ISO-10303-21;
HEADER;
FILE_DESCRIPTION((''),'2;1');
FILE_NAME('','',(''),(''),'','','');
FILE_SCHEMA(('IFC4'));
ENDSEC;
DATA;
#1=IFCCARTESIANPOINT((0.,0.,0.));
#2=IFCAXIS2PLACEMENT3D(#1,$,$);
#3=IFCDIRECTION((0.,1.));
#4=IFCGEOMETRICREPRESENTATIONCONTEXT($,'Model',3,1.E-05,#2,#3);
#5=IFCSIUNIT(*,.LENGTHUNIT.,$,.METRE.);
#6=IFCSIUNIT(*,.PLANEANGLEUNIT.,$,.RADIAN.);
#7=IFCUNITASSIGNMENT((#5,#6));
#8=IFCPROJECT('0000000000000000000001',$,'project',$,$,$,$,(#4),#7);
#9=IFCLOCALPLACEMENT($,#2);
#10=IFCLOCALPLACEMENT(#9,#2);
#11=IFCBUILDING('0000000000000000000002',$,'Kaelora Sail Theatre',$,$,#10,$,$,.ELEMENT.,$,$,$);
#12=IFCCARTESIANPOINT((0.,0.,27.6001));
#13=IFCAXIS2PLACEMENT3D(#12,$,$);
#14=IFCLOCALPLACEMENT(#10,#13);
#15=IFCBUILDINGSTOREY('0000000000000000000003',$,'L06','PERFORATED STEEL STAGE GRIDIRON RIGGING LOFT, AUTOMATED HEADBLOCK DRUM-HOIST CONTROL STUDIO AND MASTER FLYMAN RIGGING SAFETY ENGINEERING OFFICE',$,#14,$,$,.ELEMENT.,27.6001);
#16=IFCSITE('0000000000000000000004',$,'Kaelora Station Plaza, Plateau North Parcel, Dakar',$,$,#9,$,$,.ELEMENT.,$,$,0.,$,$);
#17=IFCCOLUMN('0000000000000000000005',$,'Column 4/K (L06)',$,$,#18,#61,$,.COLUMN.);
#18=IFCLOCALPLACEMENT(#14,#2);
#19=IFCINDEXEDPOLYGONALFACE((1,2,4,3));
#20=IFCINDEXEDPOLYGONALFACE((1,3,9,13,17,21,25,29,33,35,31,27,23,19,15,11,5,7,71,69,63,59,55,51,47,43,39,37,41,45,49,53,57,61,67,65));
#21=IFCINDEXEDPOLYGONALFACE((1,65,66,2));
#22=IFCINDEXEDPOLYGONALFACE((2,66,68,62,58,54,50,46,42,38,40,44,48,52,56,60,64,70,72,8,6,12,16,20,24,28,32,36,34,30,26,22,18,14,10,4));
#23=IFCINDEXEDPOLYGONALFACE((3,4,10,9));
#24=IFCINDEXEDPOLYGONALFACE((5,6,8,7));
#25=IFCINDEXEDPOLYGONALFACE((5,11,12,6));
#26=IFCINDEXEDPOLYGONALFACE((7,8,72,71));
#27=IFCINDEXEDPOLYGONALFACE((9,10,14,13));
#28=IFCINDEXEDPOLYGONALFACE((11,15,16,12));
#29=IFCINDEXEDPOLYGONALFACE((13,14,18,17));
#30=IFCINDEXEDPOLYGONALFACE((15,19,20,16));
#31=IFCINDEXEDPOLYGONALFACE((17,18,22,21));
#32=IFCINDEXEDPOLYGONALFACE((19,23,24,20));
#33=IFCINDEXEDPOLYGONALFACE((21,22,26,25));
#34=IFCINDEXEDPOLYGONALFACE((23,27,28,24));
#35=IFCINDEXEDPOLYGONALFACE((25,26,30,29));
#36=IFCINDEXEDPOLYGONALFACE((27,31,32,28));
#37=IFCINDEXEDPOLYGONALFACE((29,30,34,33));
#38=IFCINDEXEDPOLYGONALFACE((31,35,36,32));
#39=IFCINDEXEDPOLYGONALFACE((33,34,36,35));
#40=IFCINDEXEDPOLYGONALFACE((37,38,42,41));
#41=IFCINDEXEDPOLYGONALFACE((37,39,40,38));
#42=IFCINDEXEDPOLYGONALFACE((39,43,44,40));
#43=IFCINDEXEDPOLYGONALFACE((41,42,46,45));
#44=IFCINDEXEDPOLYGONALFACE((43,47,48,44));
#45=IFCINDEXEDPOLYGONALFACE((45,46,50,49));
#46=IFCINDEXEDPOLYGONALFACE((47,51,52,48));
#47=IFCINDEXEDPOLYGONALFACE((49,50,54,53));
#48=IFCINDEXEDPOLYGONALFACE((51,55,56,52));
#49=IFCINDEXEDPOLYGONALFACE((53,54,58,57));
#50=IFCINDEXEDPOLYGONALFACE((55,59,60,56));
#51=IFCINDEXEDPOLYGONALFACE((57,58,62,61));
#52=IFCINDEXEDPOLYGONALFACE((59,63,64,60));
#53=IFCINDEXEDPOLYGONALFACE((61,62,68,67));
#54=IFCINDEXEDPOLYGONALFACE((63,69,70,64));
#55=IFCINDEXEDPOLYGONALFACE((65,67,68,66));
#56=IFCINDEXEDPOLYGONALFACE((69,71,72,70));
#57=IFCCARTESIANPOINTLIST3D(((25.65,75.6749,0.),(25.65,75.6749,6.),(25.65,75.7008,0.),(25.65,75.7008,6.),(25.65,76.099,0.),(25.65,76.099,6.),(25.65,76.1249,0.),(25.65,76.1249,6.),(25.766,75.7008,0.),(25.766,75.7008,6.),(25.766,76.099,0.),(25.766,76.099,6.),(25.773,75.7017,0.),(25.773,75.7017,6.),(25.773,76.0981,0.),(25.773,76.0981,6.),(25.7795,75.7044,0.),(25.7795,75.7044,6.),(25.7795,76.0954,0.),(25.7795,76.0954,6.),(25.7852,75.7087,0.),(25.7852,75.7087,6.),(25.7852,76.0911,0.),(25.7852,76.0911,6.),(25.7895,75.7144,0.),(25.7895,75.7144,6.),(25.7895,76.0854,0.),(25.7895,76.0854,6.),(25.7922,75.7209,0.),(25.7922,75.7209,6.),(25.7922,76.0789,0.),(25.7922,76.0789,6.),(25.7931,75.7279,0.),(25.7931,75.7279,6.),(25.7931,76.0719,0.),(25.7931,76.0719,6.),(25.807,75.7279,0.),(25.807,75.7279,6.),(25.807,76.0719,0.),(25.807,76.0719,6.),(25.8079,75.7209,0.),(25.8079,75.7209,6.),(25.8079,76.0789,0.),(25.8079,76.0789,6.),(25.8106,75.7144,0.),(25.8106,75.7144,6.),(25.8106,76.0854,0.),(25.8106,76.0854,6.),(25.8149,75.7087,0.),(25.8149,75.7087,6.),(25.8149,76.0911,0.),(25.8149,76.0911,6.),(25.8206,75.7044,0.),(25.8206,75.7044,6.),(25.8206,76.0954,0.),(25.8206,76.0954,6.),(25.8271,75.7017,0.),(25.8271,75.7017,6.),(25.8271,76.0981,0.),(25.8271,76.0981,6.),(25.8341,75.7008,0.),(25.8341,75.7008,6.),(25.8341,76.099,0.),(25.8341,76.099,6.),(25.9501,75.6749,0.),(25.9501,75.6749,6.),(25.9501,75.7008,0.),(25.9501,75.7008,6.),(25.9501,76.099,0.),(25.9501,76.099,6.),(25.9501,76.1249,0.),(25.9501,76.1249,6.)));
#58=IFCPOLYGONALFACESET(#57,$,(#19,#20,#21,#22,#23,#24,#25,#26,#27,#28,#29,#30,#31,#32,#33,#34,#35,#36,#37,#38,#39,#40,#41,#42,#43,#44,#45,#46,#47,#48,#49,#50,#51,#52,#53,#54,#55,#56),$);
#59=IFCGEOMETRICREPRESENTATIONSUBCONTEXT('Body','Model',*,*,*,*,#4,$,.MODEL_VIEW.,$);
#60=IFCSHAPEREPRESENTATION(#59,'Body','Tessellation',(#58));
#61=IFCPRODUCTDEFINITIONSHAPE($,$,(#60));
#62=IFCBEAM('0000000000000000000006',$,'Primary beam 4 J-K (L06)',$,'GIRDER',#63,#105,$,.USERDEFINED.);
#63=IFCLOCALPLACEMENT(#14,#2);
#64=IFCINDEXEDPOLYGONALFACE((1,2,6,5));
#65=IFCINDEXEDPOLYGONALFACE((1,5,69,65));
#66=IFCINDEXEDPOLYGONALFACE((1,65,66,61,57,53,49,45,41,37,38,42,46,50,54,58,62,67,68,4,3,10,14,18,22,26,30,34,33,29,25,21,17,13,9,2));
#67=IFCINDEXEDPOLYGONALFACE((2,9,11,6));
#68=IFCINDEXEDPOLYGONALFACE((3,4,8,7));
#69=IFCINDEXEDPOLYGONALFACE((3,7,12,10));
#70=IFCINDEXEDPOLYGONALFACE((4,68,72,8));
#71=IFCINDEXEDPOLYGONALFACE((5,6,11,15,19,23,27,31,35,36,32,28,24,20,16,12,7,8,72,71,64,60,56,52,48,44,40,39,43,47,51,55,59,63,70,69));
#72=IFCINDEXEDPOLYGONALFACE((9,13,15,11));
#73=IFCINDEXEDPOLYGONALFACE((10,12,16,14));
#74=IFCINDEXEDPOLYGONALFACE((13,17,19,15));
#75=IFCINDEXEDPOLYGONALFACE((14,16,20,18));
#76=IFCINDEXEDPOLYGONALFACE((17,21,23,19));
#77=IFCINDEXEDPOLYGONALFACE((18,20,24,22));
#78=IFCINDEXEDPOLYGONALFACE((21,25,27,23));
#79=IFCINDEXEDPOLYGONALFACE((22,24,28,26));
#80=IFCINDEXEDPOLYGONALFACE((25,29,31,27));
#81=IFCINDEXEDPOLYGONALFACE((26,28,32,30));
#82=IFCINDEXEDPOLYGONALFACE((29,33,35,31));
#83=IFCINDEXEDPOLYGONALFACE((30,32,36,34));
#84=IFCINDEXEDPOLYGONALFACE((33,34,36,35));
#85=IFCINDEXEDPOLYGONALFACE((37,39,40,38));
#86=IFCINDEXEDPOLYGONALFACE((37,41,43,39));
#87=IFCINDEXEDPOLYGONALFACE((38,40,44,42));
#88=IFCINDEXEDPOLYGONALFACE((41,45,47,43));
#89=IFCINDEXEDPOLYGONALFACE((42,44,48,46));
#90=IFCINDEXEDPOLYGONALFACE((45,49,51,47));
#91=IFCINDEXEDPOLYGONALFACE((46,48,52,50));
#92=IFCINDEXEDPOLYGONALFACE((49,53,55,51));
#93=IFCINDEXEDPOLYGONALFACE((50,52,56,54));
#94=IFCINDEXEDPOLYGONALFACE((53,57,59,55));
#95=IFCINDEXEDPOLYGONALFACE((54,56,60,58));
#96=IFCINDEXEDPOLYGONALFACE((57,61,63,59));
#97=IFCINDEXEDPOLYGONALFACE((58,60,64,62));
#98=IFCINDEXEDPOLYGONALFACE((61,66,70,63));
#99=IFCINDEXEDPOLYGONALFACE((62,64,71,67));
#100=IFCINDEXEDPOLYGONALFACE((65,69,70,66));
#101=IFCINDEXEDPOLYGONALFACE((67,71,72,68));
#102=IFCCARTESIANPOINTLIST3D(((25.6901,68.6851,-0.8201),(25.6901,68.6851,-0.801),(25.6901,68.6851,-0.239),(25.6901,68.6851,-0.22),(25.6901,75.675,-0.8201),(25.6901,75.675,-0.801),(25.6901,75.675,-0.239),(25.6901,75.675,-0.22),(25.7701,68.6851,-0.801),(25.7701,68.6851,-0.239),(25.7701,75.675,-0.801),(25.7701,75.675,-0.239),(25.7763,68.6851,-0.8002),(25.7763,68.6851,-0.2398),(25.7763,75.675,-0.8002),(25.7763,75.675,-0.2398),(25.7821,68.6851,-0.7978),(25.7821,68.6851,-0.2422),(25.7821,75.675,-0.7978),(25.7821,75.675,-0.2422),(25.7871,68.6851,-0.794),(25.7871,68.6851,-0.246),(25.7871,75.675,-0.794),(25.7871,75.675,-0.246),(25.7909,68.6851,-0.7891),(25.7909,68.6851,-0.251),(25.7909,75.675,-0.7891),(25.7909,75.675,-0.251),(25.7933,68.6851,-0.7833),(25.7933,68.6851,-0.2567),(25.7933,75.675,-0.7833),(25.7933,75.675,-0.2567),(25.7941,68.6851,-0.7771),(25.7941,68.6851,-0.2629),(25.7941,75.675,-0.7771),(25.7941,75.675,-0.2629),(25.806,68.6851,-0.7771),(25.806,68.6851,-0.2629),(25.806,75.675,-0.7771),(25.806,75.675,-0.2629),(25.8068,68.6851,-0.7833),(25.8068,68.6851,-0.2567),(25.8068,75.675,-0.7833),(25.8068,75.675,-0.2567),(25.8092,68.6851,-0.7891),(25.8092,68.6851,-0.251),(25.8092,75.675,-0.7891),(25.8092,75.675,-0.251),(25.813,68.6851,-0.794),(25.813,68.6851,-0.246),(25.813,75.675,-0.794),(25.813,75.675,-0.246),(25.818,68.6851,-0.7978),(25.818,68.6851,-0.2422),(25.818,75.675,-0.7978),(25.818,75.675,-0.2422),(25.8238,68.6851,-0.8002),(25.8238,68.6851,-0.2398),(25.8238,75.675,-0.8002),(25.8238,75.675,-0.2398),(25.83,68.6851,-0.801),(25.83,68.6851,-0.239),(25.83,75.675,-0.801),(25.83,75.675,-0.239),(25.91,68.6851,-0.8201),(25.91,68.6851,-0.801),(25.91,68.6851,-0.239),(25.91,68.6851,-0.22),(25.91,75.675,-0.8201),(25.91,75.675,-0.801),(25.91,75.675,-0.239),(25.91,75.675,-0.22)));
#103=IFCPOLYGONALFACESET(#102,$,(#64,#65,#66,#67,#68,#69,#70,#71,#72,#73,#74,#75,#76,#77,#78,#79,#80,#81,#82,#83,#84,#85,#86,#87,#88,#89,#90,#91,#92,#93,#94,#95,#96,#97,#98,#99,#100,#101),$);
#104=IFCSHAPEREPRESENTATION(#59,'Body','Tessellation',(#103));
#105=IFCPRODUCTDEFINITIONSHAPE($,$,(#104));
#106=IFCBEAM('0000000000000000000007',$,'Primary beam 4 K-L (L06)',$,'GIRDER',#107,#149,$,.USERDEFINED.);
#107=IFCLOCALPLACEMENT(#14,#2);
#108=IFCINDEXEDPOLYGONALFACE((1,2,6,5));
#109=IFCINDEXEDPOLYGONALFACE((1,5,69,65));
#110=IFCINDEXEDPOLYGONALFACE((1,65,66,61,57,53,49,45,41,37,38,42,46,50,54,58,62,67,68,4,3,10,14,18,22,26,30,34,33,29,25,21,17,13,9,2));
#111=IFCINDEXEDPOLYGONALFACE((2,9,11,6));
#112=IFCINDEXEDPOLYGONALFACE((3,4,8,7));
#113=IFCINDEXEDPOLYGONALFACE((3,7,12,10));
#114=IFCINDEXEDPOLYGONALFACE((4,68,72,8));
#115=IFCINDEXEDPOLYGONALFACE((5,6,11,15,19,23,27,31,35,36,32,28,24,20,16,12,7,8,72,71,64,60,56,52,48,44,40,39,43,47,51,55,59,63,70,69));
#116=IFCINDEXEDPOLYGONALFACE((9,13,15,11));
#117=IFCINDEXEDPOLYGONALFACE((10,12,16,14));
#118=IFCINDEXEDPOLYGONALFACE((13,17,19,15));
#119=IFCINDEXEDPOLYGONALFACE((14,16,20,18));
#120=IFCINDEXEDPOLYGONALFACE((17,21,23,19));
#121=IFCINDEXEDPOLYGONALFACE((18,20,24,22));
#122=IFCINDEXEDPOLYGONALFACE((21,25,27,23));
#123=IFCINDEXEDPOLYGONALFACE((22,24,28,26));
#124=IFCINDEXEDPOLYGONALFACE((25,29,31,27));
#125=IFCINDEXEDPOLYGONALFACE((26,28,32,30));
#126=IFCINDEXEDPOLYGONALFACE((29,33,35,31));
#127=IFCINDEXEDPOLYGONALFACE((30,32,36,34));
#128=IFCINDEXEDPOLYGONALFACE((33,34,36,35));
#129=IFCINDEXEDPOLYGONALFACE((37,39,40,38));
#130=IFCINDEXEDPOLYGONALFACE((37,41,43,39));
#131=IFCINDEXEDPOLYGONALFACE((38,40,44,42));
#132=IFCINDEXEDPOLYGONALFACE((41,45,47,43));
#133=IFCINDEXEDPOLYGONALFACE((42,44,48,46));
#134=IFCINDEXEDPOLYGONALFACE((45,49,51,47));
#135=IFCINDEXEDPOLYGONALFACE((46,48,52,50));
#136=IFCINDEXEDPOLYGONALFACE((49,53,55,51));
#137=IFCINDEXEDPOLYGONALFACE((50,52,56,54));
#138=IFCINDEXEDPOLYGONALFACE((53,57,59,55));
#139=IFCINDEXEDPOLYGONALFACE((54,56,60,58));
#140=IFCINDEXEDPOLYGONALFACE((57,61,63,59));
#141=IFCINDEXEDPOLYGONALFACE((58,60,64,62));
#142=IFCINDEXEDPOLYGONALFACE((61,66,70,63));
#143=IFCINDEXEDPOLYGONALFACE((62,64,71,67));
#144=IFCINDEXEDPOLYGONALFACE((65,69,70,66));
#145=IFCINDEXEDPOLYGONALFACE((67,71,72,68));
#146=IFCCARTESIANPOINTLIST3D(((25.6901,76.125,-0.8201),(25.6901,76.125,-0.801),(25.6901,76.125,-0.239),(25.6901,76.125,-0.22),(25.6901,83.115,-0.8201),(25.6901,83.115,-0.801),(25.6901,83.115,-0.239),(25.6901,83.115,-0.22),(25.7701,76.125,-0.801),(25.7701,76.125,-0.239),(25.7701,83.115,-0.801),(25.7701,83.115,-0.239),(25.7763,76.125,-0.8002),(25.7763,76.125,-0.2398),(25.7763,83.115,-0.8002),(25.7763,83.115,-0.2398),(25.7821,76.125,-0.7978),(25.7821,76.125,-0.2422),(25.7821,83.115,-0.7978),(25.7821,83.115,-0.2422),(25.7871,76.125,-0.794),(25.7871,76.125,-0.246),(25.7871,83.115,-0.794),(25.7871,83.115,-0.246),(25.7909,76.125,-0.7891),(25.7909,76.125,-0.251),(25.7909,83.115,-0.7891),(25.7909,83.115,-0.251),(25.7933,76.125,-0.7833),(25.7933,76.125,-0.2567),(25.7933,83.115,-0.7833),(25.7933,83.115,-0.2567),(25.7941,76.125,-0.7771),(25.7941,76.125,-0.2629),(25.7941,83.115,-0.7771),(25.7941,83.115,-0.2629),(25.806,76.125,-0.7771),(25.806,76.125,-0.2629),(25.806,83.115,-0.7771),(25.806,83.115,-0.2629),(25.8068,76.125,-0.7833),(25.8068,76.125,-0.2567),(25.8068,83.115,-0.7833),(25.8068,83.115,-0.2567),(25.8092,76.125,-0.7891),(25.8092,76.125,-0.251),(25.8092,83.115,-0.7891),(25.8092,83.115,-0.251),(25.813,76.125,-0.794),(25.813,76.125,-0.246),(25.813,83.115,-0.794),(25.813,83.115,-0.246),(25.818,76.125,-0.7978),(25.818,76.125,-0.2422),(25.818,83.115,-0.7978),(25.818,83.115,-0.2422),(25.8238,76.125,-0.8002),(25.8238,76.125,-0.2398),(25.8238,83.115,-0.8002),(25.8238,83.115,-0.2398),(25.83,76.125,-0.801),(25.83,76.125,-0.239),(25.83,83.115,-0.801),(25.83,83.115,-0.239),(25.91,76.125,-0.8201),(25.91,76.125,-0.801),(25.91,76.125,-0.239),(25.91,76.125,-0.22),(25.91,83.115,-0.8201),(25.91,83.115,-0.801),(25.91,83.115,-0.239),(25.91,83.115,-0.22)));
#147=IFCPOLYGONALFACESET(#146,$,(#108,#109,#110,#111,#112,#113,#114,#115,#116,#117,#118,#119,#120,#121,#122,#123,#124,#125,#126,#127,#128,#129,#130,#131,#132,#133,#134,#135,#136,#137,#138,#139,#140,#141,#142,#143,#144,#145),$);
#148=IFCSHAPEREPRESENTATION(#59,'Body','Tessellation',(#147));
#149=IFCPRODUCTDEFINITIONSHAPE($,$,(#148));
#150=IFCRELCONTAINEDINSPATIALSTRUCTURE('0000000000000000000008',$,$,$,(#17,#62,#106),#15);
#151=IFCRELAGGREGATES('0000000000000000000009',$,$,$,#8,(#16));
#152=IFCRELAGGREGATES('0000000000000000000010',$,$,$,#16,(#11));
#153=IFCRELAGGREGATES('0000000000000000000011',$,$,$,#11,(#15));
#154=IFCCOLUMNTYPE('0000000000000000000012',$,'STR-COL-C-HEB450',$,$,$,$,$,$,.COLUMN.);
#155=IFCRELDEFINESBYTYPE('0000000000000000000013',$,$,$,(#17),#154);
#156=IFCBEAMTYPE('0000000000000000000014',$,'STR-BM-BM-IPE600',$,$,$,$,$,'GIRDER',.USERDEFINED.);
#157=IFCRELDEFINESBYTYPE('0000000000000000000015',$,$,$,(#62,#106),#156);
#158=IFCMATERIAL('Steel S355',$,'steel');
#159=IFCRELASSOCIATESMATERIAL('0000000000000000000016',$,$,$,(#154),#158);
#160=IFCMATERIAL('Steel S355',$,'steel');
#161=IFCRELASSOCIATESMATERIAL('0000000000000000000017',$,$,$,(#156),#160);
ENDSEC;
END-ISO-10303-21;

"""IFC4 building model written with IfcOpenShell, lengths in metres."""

from ifc_helpers import new_model, si_unit, direction, frame, origin, origin_2d, place, context, subcontext, project, spatial, i_section, extrude, material, material_profile, profile_set, type_object, element, save


model = new_model("IFC4")

# Units and contexts
model_context = context("Model", 3, precision=1e-05, world=origin(), true_north=direction((0.0, 1.0)))
body_context = subcontext(model_context, "Body", "Model", "MODEL_VIEW")
ifc_project = project(units=[si_unit("LENGTHUNIT", "METRE"), si_unit("PLANEANGLEUNIT", "RADIAN")], contexts=[model_context])

# Site, building, storey
site_placement = place(None, origin())
site = spatial("IfcSite", under=ifc_project, at=site_placement, Name="Kaelora Station Plaza, Plateau North Parcel, Dakar", CompositionType="ELEMENT", RefElevation=0.0)
building_placement = place(site_placement, origin())
building = spatial("IfcBuilding", under=site, at=building_placement, Name="Kaelora Sail Theatre", CompositionType="ELEMENT")
storey_placement = place(building_placement, frame((0.0, 0.0, 27.6001)))
storey = spatial("IfcBuildingStorey", under=building, at=storey_placement, Name="L06", Description="PERFORATED STEEL STAGE GRIDIRON RIGGING LOFT, AUTOMATED HEADBLOCK DRUM-HOIST CONTROL STUDIO AND MASTER FLYMAN RIGGING SAFETY ENGINEERING OFFICE", CompositionType="ELEMENT", Elevation=27.6001)

# Column
ifc_material_1 = material(Name="Steel S355", Category="steel")
ifc_material_profile_1 = material_profile(ifc_material_1, i_section(OverallWidth=0.3, OverallDepth=0.45, WebThickness=0.0139, FlangeThickness=0.0259, FilletRadius=0.0271, at=origin_2d()), Name="HEB 450")
ifc_profile_set_1 = profile_set([ifc_material_profile_1], Name="Steel S355")
column_type = type_object("IfcColumnType", Name="STR-COL-C-HEB450", PredefinedType="COLUMN", material=ifc_profile_set_1)
column_placement = place(storey_placement, frame((25.8, 75.8999, 0.0), z_axis=(0.0, 0.0, 1.0), x_axis=(1.0, 0.0, 0.0)))
element("IfcColumn", 1, at=column_placement, inside=storey, type_object=column_type, Name="Column 4/K (L06)", PredefinedType="COLUMN", context=body_context, shape_type="SweptSolid", body=[
    extrude(i_section(OverallWidth=0.3, OverallDepth=0.45, WebThickness=0.0139, FlangeThickness=0.0259, FilletRadius=0.0271, at=origin_2d()), origin(), (0.0, 0.0, 1.0), 6.0),
])

# Beams
ifc_material_2 = material(Name="Steel S355", Category="steel")
ifc_material_profile_2 = material_profile(ifc_material_2, i_section(OverallWidth=0.22, OverallDepth=0.6001, WebThickness=0.012, FlangeThickness=0.019, FilletRadius=0.0239, at=origin_2d()), Name="IPE 600")
ifc_profile_set_2 = profile_set([ifc_material_profile_2], Name="Steel S355")
beam_type = type_object("IfcBeamType", Name="STR-BM-BM-IPE600", ElementType="GIRDER", PredefinedType="USERDEFINED", material=ifc_profile_set_2)
for number, where, z_axis, x_axis, name in (
    (2, (25.8, 68.6851, -0.52), (0.0, 1.0, 0.0), (-1.0, 0.0, 0.0), "Primary beam 4 J-K (L06)"),
    (3, (25.8, 76.125, -0.52), (0.0, 1.0, 0.0), (-1.0, 0.0, 0.0), "Primary beam 4 K-L (L06)"),
):
    element("IfcBeam", number, at=place(storey_placement, frame(where, z_axis=z_axis, x_axis=x_axis)), inside=storey, type_object=beam_type, Name=name, ObjectType="GIRDER", PredefinedType="USERDEFINED", context=body_context, shape_type="SweptSolid", body=[
        extrude(i_section(OverallWidth=0.22, OverallDepth=0.6001, WebThickness=0.012, FlangeThickness=0.019, FilletRadius=0.0239, at=origin_2d()), origin(), (0.0, 0.0, 1.0), 6.99),
    ])

save(model, "model.ifc")
